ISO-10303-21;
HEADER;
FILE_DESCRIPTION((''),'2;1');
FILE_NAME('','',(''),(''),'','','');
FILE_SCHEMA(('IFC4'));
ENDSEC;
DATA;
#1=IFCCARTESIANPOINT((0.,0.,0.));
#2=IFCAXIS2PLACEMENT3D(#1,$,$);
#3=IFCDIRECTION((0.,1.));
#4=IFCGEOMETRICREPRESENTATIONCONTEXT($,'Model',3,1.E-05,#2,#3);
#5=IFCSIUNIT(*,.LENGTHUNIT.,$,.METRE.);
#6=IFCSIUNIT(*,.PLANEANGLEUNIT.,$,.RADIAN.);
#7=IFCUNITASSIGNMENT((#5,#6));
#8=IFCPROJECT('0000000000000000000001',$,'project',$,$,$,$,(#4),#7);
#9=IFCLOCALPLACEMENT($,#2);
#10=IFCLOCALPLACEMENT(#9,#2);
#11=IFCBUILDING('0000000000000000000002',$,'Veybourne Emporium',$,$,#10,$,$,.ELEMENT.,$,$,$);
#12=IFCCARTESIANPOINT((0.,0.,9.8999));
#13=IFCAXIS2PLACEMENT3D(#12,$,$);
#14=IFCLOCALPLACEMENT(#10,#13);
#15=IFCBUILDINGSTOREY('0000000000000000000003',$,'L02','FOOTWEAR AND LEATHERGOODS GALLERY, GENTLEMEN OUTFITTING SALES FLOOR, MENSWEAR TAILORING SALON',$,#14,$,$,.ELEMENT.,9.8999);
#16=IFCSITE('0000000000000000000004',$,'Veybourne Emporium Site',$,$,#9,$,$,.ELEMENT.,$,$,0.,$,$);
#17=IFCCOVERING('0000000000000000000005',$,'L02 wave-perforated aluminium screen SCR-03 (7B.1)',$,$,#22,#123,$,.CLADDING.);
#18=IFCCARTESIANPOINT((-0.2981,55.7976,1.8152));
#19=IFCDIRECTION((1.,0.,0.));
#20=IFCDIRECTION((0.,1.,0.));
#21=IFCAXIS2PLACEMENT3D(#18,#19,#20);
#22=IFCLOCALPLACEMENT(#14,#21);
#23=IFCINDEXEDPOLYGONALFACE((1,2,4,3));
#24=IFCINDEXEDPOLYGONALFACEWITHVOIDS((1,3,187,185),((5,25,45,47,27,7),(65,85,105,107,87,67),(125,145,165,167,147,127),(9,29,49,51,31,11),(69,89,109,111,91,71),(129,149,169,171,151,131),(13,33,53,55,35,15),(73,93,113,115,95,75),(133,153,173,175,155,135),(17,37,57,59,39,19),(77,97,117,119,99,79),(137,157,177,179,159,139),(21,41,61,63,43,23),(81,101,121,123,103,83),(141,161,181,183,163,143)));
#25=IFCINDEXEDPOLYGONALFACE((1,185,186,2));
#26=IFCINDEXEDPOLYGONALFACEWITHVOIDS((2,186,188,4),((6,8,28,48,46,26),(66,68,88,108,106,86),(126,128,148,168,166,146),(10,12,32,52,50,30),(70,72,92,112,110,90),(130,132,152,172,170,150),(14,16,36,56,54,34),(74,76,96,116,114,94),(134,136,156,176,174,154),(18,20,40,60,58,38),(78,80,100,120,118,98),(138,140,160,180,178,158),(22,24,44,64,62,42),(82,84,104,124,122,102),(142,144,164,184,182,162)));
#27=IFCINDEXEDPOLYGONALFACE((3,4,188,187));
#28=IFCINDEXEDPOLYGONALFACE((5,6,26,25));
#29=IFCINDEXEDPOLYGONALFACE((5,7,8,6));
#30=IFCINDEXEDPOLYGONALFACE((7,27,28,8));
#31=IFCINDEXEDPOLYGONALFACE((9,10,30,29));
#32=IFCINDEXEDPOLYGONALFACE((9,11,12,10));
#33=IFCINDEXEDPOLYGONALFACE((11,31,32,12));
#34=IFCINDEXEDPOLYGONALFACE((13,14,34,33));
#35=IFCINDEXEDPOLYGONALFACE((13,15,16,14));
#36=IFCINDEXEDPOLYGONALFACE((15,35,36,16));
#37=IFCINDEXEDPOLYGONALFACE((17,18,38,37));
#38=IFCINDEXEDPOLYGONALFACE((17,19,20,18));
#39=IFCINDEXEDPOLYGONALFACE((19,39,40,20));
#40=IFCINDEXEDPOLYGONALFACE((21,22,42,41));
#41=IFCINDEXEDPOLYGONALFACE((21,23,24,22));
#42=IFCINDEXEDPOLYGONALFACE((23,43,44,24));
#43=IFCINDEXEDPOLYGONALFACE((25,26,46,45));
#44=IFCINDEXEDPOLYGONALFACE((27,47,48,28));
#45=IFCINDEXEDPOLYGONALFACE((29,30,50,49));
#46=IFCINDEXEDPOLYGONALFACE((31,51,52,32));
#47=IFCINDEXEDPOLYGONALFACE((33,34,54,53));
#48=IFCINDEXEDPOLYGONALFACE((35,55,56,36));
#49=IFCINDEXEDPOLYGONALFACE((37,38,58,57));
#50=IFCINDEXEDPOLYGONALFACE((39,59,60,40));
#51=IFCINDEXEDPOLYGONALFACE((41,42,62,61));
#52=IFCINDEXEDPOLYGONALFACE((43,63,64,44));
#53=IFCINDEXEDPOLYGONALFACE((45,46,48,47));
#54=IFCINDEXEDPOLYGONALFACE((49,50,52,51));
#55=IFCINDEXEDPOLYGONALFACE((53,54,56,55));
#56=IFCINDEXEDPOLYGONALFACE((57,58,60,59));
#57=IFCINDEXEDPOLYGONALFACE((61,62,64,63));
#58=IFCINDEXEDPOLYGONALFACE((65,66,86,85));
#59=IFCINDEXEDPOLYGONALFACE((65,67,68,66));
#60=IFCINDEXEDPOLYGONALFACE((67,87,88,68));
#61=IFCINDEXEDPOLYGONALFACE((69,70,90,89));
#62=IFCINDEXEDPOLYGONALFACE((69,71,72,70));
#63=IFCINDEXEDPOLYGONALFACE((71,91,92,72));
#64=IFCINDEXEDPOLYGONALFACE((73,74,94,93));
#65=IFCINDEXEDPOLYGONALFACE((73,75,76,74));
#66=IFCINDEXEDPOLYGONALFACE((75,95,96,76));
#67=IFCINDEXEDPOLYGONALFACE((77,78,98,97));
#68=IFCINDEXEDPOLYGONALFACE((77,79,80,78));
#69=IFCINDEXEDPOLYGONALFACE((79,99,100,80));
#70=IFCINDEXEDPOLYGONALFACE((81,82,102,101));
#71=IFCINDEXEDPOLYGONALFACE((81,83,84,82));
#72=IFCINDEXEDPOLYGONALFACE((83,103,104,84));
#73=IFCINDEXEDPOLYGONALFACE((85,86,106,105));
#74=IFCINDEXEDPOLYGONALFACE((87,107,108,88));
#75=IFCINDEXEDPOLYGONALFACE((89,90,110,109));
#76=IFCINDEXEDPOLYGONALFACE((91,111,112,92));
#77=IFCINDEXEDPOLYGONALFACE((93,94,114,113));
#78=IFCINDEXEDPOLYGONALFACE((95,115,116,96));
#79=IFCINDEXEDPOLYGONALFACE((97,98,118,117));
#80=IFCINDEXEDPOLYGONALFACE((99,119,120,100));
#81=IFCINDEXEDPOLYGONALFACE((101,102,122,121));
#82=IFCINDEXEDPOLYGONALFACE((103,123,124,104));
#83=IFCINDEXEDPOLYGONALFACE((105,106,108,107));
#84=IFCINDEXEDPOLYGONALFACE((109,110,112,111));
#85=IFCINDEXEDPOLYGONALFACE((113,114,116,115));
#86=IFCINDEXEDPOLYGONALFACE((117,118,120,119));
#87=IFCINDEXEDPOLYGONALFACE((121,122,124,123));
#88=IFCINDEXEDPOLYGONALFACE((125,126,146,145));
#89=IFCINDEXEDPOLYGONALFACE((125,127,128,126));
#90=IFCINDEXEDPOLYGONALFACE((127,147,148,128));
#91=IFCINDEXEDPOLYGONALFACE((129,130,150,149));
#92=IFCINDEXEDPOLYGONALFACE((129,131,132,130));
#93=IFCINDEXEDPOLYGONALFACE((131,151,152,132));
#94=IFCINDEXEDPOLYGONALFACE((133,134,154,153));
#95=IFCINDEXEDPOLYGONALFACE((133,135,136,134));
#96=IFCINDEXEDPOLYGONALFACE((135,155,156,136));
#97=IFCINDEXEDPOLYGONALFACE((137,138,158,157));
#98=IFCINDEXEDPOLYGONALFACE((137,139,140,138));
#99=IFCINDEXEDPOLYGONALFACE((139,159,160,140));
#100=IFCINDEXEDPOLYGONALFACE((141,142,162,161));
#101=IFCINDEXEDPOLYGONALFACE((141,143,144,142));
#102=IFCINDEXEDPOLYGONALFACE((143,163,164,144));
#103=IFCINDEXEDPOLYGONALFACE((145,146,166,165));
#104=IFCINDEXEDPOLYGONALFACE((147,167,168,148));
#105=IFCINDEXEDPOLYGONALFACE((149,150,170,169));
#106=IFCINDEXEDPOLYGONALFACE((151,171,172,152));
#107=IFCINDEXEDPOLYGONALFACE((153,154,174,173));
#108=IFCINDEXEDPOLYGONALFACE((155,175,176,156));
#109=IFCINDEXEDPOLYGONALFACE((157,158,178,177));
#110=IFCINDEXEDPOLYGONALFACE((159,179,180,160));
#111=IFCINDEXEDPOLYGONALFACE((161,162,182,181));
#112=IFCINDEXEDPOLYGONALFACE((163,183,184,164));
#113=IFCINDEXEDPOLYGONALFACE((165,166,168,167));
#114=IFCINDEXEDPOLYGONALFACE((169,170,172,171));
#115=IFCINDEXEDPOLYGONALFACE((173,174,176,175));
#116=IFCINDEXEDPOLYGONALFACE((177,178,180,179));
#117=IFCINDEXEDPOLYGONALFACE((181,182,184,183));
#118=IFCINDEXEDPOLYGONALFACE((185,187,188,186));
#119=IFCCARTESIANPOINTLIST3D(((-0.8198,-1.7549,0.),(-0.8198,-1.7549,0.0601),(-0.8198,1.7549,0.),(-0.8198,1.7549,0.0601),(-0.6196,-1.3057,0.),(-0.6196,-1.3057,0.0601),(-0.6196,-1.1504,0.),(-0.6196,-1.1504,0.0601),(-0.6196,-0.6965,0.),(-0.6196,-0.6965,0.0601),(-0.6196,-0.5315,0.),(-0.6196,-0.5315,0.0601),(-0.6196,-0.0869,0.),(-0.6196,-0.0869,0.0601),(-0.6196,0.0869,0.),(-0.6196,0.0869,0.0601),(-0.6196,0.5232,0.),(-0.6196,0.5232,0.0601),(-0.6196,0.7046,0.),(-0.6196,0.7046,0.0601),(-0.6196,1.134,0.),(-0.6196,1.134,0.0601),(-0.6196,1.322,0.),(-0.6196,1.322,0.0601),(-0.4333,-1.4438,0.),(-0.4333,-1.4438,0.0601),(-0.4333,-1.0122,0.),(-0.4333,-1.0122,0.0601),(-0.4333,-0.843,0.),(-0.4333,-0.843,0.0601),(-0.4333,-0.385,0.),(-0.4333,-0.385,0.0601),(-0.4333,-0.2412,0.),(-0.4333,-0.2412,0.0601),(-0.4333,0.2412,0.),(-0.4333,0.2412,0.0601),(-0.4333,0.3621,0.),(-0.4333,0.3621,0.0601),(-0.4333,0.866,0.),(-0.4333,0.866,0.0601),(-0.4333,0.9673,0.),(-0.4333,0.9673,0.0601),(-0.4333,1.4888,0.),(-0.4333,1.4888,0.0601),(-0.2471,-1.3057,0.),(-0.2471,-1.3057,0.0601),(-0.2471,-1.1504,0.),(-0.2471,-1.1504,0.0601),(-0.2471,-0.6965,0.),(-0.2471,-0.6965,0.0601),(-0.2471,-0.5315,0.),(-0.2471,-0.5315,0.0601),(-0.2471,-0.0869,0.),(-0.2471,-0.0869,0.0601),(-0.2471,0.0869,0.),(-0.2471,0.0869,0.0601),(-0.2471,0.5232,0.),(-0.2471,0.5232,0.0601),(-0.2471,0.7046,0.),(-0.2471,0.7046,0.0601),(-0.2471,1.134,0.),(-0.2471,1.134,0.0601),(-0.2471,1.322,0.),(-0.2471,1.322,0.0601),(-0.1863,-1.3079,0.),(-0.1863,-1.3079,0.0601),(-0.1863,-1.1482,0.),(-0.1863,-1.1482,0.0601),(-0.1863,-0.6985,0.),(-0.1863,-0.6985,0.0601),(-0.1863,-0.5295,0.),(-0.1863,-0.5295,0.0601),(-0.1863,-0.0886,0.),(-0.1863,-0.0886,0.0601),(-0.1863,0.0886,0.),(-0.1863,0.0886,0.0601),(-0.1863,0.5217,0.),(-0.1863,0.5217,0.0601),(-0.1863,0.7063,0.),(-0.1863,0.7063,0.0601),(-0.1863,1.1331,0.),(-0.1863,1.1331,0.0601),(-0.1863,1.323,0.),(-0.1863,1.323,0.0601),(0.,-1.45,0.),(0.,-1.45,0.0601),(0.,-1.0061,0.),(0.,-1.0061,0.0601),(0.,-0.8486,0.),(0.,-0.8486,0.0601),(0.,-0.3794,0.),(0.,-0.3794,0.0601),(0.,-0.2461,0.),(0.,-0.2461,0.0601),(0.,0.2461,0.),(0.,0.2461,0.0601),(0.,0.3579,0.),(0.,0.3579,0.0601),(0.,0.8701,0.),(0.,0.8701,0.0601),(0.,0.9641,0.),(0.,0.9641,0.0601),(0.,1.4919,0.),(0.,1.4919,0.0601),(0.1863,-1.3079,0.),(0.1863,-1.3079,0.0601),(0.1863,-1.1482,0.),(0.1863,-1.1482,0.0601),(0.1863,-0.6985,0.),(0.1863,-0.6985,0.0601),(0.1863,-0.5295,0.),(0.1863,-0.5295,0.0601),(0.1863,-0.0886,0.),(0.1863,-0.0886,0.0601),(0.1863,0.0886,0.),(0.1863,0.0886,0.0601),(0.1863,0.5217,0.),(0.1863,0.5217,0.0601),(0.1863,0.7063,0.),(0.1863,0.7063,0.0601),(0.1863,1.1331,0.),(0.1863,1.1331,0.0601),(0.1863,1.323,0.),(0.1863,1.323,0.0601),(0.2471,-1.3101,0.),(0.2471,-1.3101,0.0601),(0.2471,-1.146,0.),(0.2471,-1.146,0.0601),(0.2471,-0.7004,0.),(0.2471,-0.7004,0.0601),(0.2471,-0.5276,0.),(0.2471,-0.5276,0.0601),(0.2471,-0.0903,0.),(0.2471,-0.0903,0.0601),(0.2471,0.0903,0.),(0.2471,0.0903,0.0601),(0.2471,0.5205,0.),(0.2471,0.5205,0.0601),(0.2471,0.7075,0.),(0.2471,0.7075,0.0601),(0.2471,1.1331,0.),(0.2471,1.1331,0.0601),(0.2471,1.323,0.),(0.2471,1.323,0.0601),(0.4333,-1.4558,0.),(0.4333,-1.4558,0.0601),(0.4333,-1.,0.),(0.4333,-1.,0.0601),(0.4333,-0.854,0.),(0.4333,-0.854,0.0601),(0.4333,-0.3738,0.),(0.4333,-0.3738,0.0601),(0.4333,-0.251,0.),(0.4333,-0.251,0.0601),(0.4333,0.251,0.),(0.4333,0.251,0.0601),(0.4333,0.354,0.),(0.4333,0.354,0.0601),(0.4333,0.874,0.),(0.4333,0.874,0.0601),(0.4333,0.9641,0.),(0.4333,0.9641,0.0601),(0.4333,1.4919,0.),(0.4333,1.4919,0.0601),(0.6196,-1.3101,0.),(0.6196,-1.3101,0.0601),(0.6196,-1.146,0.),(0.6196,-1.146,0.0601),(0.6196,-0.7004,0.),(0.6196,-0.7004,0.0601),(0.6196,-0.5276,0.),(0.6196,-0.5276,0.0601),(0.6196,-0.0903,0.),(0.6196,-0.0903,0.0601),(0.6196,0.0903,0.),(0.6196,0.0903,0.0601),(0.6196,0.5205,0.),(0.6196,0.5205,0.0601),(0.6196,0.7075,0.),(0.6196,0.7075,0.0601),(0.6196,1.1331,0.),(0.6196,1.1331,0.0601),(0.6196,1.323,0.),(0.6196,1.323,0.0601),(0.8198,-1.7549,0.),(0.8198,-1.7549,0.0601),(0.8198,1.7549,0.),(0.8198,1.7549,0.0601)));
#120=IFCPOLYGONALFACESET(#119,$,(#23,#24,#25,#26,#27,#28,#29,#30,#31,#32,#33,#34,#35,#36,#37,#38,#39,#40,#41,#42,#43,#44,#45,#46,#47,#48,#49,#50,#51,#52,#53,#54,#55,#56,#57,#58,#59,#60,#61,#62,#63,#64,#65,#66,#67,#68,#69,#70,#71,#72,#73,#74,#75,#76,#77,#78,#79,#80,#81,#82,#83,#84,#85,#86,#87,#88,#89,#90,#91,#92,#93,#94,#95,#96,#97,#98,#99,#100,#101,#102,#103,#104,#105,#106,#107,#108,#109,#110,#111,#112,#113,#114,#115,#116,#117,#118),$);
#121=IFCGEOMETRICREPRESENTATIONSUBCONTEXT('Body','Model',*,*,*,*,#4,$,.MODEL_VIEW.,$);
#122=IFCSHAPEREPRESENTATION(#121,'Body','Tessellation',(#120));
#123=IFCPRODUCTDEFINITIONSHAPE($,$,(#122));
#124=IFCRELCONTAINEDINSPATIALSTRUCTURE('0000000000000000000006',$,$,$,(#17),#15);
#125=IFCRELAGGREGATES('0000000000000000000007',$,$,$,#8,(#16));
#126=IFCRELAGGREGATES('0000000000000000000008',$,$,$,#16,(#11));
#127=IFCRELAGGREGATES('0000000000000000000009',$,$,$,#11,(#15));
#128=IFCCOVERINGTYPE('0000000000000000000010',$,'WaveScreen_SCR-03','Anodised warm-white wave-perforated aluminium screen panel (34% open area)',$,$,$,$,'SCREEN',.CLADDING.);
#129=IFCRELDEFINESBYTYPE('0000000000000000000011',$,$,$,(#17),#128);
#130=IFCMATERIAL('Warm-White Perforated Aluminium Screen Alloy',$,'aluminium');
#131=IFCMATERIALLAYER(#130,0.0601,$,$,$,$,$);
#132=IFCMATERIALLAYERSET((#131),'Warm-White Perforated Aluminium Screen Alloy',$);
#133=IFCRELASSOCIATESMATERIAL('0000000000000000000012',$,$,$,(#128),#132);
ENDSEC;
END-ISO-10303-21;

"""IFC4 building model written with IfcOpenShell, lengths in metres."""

from ifc_helpers import new_model, si_unit, direction, frame, origin, place, context, subcontext, project, spatial, polyline, outline, extrude, material, layer, layer_set, type_object, element, save


model = new_model("IFC4")

# Units and contexts
model_context = context("Model", 3, precision=1e-05, world=origin(), true_north=direction((0.0, 1.0)))
body_context = subcontext(model_context, "Body", "Model", "MODEL_VIEW")
ifc_project = project(units=[si_unit("LENGTHUNIT", "METRE"), si_unit("PLANEANGLEUNIT", "RADIAN")], contexts=[model_context])

# Site, building, storey
site_placement = place(None, origin())
site = spatial("IfcSite", under=ifc_project, at=site_placement, Name="Veybourne Emporium Site", CompositionType="ELEMENT", RefElevation=0.0)
building_placement = place(site_placement, origin())
building = spatial("IfcBuilding", under=site, at=building_placement, Name="Veybourne Emporium", CompositionType="ELEMENT")
storey_placement = place(building_placement, frame((0.0, 0.0, 9.8999)))
storey = spatial("IfcBuildingStorey", under=building, at=storey_placement, Name="L02", Description="FOOTWEAR AND LEATHERGOODS GALLERY, GENTLEMEN OUTFITTING SALES FLOOR, MENSWEAR TAILORING SALON", CompositionType="ELEMENT", Elevation=9.8999)

# Covering
ifc_material_1 = material(Name="Warm-White Perforated Aluminium Screen Alloy", Category="aluminium")
ifc_layer_1 = layer(ifc_material_1, 0.0601)
ifc_layer_set_1 = layer_set([ifc_layer_1], Name="Warm-White Perforated Aluminium Screen Alloy")
covering_type_1 = type_object("IfcCoveringType", Name="WaveScreen_SCR-03", Description="Anodised warm-white wave-perforated aluminium screen panel (34% open area)", ElementType="SCREEN", PredefinedType="CLADDING", material=ifc_layer_set_1)
covering_1_placement = place(storey_placement, frame((-0.2981, 55.7976, 1.8152), z_axis=(1.0, 0.0, 0.0), x_axis=(0.0, 1.0, 0.0)))
element("IfcCovering", 1, at=covering_1_placement, inside=storey, type_object=covering_type_1, Name="L02 wave-perforated aluminium screen SCR-03 (7B.1)", PredefinedType="CLADDING", context=body_context, shape_type="SweptSolid", body=[
    extrude(outline(polyline([(-0.8198, -1.7549), (0.8198, -1.7549), (0.8198, 1.7549), (-0.8198, 1.7549), (-0.8198, -1.7549)]), holes=[polyline([(-0.4333, -1.0122), (-0.2471, -1.1504), (-0.2471, -1.3057), (-0.4333, -1.4438), (-0.6196, -1.3057), (-0.6196, -1.1504), (-0.4333, -1.0122)]), polyline([(-0.4333, -0.385), (-0.2471, -0.5315), (-0.2471, -0.6965), (-0.4333, -0.843), (-0.6196, -0.6965), (-0.6196, -0.5315), (-0.4333, -0.385)]), polyline([(-0.4333, 0.2412), (-0.2471, 0.0869), (-0.2471, -0.0869), (-0.4333, -0.2412), (-0.6196, -0.0869), (-0.6196, 0.0869), (-0.4333, 0.2412)]), polyline([(-0.4333, 0.866), (-0.2471, 0.7046), (-0.2471, 0.5232), (-0.4333, 0.3621), (-0.6196, 0.5232), (-0.6196, 0.7046), (-0.4333, 0.866)]), polyline([(-0.4333, 1.4888), (-0.2471, 1.322), (-0.2471, 1.134), (-0.4333, 0.9673), (-0.6196, 1.134), (-0.6196, 1.322), (-0.4333, 1.4888)]), polyline([(0.0, -1.0061), (0.1863, -1.1482), (0.1863, -1.3079), (0.0, -1.45), (-0.1863, -1.3079), (-0.1863, -1.1482), (0.0, -1.0061)]), polyline([(0.0, -0.3794), (0.1863, -0.5295), (0.1863, -0.6985), (0.0, -0.8486), (-0.1863, -0.6985), (-0.1863, -0.5295), (0.0, -0.3794)]), polyline([(0.0, 0.2461), (0.1863, 0.0886), (0.1863, -0.0886), (0.0, -0.2461), (-0.1863, -0.0886), (-0.1863, 0.0886), (0.0, 0.2461)]), polyline([(0.0, 0.8701), (0.1863, 0.7063), (0.1863, 0.5217), (0.0, 0.3579), (-0.1863, 0.5217), (-0.1863, 0.7063), (0.0, 0.8701)]), polyline([(0.0, 1.4919), (0.1863, 1.323), (0.1863, 1.1331), (0.0, 0.9641), (-0.1863, 1.1331), (-0.1863, 1.323), (0.0, 1.4919)]), polyline([(0.4333, -1.0), (0.6196, -1.146), (0.6196, -1.3101), (0.4333, -1.4558), (0.2471, -1.3101), (0.2471, -1.146), (0.4333, -1.0)]), polyline([(0.4333, -0.3738), (0.6196, -0.5276), (0.6196, -0.7004), (0.4333, -0.854), (0.2471, -0.7004), (0.2471, -0.5276), (0.4333, -0.3738)]), polyline([(0.4333, 0.251), (0.6196, 0.0903), (0.6196, -0.0903), (0.4333, -0.251), (0.2471, -0.0903), (0.2471, 0.0903), (0.4333, 0.251)]), polyline([(0.4333, 0.874), (0.6196, 0.7075), (0.6196, 0.5205), (0.4333, 0.354), (0.2471, 0.5205), (0.2471, 0.7075), (0.4333, 0.874)]), polyline([(0.4333, 1.4919), (0.6196, 1.323), (0.6196, 1.1331), (0.4333, 0.9641), (0.2471, 1.1331), (0.2471, 1.323), (0.4333, 1.4919)])]), origin(), (0.0, 0.0, 1.0), 0.0601),
])

save(model, "model.ifc")
